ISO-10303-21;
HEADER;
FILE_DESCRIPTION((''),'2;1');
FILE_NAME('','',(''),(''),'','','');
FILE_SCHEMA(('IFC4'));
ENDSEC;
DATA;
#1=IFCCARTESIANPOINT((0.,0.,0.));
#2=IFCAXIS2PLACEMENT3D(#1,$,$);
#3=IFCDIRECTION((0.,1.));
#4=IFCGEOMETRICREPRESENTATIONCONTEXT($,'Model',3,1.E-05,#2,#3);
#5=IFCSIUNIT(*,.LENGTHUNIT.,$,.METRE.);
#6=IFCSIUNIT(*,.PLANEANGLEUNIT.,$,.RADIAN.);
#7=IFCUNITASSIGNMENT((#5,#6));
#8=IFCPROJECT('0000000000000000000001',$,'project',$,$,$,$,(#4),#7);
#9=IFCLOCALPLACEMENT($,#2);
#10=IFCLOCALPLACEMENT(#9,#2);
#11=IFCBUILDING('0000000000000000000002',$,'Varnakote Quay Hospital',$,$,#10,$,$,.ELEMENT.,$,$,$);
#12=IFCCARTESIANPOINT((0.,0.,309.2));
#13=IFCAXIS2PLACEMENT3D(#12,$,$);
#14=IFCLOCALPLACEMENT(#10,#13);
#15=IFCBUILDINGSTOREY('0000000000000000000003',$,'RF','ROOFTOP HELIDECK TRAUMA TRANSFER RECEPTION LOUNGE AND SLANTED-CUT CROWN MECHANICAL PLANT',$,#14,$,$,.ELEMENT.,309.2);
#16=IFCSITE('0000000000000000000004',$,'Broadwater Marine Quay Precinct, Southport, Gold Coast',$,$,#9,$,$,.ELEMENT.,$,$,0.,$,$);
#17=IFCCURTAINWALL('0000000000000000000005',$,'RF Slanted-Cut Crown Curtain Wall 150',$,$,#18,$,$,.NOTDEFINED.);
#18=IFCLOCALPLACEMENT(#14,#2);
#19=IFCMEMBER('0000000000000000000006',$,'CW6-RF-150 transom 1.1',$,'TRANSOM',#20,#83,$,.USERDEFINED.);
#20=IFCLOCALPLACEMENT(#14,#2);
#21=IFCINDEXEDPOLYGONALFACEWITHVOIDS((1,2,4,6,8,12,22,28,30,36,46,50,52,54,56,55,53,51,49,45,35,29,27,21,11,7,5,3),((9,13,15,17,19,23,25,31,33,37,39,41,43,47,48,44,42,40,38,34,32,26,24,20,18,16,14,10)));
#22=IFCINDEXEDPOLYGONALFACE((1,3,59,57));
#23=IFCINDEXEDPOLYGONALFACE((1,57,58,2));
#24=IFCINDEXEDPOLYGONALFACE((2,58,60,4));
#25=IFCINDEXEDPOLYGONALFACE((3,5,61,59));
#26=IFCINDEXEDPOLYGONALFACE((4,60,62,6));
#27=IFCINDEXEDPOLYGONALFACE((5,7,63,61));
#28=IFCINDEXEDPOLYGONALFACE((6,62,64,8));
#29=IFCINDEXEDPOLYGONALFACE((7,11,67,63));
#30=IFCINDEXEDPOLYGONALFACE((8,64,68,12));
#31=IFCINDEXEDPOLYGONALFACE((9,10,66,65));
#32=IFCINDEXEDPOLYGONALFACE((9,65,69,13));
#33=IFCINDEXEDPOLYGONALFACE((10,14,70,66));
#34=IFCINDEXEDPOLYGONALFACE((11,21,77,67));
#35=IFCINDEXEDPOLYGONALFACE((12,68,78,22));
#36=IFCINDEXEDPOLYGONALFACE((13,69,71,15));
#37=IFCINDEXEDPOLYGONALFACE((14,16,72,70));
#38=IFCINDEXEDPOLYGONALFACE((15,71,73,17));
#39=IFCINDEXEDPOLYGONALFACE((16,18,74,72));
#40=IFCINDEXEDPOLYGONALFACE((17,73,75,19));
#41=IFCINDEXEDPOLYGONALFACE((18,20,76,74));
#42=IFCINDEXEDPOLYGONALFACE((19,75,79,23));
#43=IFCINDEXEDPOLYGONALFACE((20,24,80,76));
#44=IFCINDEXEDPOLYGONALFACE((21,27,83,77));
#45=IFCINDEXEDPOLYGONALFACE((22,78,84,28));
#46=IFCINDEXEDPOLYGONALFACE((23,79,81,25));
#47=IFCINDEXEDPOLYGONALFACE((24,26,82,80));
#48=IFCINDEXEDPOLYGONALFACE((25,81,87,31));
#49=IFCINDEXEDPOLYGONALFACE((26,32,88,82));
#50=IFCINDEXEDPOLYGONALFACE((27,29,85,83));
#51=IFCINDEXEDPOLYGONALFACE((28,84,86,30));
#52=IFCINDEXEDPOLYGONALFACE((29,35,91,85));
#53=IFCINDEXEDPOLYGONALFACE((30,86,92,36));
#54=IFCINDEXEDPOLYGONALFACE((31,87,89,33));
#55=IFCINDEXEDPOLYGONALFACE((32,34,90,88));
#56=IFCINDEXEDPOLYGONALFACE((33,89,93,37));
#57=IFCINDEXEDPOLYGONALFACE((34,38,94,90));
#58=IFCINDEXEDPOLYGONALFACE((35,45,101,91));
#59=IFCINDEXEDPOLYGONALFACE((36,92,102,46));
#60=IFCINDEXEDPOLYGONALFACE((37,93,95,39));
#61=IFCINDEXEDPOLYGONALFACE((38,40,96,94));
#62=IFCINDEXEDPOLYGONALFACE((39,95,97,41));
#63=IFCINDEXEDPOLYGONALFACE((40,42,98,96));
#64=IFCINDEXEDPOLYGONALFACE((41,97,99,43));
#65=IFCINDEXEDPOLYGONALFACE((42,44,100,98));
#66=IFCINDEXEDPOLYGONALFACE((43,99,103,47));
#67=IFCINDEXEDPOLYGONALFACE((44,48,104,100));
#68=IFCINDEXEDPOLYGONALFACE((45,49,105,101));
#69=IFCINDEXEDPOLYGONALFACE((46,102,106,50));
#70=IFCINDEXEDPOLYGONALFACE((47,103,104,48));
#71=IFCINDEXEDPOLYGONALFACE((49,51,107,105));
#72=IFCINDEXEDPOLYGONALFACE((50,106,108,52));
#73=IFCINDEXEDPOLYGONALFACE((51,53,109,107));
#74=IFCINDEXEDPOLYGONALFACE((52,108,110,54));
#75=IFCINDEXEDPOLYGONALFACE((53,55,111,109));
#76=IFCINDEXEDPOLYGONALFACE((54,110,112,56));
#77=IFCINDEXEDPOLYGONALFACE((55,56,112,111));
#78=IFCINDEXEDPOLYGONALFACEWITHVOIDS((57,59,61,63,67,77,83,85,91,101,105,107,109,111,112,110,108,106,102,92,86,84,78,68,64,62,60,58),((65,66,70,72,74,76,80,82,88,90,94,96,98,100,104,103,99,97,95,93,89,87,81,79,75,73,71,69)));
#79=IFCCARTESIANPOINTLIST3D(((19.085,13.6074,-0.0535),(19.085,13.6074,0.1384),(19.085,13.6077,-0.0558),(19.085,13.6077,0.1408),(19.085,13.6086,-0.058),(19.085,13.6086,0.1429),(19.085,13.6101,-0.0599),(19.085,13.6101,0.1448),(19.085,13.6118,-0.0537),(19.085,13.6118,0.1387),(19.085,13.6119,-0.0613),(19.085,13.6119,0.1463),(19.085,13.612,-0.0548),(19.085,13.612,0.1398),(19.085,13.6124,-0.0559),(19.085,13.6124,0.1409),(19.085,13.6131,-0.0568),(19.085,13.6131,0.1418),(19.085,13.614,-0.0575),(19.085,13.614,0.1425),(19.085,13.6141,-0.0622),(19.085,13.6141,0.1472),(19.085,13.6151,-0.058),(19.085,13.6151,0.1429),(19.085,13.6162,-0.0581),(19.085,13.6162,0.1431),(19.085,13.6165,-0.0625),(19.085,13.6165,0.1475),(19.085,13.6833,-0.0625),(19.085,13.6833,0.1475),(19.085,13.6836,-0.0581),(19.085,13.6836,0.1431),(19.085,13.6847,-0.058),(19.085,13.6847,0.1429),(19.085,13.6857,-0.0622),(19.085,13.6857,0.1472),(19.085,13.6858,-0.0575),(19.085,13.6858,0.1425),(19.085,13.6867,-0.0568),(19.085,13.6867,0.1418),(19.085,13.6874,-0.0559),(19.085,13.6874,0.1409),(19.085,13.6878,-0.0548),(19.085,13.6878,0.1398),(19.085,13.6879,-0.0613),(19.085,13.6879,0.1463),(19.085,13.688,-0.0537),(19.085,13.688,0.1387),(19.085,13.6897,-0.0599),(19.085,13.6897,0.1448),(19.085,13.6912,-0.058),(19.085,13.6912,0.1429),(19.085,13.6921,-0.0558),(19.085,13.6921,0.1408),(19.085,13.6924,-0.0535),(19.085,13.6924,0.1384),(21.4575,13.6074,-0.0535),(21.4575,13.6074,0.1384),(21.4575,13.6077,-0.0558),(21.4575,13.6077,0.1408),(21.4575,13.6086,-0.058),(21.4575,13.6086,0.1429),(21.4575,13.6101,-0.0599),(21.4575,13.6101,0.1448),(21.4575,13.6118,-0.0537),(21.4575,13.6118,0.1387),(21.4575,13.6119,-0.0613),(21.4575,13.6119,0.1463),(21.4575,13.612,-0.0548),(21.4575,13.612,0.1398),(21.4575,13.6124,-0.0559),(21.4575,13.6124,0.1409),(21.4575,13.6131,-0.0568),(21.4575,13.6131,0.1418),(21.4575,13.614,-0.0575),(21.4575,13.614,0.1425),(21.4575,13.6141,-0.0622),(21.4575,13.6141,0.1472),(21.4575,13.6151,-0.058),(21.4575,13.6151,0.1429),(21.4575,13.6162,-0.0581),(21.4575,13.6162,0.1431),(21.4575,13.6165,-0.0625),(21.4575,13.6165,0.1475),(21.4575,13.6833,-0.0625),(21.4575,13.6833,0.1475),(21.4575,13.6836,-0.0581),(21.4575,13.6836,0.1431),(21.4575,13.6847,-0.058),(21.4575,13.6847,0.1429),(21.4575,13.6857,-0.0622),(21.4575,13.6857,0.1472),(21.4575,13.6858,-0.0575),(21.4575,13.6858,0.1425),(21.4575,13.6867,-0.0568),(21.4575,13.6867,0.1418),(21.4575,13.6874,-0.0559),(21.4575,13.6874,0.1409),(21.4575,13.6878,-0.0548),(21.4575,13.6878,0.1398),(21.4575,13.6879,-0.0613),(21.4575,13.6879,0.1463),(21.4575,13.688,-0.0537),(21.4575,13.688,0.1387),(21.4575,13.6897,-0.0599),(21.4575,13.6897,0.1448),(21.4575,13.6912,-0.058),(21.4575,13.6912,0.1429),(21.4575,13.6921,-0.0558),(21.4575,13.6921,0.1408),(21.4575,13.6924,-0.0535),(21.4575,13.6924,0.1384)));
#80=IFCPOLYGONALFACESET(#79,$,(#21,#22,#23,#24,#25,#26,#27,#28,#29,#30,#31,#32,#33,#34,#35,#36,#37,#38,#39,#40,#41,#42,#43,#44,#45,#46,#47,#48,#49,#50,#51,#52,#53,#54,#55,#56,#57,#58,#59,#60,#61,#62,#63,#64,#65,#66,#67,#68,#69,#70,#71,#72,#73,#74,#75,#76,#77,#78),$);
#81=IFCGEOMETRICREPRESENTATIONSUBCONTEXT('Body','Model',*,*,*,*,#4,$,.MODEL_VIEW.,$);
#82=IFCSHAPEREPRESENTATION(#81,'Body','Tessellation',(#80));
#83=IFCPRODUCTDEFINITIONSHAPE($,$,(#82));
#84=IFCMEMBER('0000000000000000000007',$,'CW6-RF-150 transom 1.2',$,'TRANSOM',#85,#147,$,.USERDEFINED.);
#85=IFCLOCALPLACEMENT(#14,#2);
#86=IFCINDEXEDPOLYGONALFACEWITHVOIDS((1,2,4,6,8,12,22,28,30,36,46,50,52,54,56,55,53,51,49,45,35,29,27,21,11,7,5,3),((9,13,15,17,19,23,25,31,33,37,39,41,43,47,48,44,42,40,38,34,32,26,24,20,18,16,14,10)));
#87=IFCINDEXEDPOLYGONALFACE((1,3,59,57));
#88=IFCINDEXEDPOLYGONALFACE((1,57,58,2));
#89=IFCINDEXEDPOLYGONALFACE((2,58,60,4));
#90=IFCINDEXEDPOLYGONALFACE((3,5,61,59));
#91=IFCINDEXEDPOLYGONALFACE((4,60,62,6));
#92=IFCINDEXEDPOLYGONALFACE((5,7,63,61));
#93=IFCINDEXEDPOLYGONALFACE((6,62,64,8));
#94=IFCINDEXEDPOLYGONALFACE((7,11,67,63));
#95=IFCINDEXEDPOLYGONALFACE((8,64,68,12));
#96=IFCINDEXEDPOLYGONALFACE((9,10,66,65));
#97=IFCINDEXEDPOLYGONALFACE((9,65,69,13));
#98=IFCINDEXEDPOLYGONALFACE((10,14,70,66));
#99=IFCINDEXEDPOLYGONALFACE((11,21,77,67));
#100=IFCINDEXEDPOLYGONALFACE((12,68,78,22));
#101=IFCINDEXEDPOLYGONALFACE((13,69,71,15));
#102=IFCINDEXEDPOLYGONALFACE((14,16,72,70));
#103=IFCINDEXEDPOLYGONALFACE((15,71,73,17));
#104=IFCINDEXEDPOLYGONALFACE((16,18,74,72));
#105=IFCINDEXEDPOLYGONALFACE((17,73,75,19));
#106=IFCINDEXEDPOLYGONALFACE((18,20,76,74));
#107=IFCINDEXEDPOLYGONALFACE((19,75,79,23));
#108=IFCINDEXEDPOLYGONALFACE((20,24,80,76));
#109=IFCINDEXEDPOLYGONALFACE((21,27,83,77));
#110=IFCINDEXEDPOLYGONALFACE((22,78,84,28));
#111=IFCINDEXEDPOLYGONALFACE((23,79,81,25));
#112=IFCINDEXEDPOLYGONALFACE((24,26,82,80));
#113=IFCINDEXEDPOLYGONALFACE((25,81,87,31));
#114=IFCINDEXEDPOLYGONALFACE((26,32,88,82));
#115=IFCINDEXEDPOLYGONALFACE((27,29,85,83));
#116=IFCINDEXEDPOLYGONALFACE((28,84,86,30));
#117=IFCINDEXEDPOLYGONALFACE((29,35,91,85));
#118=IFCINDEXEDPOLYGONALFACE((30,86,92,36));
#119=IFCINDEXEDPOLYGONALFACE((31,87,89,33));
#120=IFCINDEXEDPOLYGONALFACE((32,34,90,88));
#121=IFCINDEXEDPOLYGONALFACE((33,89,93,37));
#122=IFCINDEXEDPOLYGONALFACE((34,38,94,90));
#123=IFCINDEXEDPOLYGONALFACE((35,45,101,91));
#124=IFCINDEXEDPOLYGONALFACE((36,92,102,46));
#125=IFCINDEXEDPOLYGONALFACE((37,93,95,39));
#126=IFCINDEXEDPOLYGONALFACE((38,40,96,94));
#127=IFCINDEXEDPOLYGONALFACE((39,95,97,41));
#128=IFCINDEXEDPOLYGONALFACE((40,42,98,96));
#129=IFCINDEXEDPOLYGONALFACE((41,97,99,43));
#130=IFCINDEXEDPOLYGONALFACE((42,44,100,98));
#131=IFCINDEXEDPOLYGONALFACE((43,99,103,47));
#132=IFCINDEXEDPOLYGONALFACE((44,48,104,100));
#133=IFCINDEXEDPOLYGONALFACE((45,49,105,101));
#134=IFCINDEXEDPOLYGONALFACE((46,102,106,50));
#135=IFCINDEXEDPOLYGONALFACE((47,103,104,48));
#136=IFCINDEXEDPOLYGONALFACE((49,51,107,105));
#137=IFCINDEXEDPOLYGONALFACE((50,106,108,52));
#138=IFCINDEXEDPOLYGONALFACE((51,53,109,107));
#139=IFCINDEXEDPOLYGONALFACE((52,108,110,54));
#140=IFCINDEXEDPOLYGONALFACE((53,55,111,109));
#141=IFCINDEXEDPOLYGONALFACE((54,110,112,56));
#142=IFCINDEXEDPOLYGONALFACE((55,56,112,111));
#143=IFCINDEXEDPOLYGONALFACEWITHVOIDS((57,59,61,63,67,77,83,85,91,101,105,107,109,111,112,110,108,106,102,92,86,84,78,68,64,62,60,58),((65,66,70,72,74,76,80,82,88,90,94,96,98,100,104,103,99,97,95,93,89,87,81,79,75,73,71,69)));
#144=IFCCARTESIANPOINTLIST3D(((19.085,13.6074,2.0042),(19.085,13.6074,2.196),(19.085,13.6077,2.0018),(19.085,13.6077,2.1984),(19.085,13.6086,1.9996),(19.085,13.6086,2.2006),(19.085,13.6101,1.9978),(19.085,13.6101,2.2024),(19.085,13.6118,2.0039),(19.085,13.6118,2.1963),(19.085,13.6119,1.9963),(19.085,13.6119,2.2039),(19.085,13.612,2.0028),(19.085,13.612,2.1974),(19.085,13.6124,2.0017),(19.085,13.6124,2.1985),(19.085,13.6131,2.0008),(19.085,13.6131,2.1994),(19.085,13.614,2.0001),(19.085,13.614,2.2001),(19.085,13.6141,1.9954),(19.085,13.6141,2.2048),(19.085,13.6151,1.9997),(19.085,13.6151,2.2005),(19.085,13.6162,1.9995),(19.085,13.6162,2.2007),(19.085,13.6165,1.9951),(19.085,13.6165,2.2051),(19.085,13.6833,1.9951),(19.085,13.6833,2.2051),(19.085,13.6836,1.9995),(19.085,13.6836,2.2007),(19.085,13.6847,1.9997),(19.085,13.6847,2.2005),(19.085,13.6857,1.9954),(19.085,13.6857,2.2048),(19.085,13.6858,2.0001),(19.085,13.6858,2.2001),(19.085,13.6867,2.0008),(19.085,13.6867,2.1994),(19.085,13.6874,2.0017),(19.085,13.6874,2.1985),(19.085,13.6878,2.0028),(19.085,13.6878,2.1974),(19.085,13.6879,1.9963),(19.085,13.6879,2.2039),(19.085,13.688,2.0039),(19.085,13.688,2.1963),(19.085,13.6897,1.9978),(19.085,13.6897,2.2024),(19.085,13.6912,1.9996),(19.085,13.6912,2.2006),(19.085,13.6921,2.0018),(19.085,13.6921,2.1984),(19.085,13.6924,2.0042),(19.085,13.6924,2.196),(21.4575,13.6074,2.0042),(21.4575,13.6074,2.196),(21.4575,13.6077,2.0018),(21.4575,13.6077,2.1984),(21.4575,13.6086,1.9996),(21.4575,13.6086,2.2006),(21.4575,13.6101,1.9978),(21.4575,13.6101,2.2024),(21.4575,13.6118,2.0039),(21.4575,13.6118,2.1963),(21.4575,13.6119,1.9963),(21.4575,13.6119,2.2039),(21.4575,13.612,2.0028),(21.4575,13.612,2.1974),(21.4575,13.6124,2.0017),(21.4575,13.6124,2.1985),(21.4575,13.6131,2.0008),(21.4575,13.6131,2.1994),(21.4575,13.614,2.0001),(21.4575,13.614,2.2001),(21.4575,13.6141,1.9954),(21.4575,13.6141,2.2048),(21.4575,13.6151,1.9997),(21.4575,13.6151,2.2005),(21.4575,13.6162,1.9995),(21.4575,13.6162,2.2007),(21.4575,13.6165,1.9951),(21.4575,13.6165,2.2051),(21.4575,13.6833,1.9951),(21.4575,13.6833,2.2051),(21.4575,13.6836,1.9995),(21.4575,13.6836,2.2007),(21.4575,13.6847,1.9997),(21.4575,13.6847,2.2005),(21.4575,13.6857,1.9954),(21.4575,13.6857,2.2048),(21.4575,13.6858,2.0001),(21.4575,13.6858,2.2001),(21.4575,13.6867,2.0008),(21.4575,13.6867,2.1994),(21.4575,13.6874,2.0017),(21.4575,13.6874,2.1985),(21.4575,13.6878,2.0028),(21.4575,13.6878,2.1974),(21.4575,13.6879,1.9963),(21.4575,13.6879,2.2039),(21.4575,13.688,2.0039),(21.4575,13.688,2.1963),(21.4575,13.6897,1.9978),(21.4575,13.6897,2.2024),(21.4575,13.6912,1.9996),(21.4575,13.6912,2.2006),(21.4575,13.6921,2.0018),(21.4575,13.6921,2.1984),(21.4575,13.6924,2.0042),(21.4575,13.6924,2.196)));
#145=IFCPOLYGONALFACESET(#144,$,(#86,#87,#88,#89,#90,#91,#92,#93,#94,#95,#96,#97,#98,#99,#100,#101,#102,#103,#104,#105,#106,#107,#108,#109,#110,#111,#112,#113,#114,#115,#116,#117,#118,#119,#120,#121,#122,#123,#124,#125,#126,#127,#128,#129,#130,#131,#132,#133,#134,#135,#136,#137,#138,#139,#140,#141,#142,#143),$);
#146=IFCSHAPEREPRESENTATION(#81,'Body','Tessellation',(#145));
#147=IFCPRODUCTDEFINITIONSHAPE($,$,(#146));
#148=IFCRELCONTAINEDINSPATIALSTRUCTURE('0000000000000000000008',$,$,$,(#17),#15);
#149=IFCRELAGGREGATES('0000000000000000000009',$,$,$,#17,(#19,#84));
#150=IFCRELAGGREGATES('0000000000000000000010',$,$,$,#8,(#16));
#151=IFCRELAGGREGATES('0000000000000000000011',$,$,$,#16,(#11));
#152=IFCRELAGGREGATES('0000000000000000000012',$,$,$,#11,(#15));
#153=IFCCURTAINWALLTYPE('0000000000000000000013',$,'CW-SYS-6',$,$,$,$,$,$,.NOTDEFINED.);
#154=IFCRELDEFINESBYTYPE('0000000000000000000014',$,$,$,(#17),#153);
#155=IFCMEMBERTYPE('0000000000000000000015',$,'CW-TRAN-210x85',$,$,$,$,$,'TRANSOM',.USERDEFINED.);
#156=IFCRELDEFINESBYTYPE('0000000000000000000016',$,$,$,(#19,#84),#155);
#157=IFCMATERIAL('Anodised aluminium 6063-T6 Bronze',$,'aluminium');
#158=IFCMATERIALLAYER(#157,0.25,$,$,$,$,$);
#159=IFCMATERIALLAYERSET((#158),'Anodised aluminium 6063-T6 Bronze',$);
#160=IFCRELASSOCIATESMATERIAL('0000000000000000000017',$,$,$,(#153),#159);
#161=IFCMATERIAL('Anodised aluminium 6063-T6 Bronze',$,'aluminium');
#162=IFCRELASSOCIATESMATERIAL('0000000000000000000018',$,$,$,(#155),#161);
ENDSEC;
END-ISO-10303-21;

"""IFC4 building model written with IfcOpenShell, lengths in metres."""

from ifc_helpers import new_model, si_unit, direction, frame, origin, origin_2d, place, context, subcontext, project, spatial, hollow_rectangle, extrude, material, layer, layer_set, material_profile, profile_set, type_object, element, aggregate, save


model = new_model("IFC4")

# Units and contexts
model_context = context("Model", 3, precision=1e-05, world=origin(), true_north=direction((0.0, 1.0)))
body_context = subcontext(model_context, "Body", "Model", "MODEL_VIEW")
ifc_project = project(units=[si_unit("LENGTHUNIT", "METRE"), si_unit("PLANEANGLEUNIT", "RADIAN")], contexts=[model_context])

# Site, building, storey
site_placement = place(None, origin())
site = spatial("IfcSite", under=ifc_project, at=site_placement, Name="Broadwater Marine Quay Precinct, Southport, Gold Coast", CompositionType="ELEMENT", RefElevation=0.0)
building_placement = place(site_placement, origin())
building = spatial("IfcBuilding", under=site, at=building_placement, Name="Varnakote Quay Hospital", CompositionType="ELEMENT")
storey_placement = place(building_placement, frame((0.0, 0.0, 309.2)))
storey = spatial("IfcBuildingStorey", under=building, at=storey_placement, Name="RF", Description="ROOFTOP HELIDECK TRAUMA TRANSFER RECEPTION LOUNGE AND SLANTED-CUT CROWN MECHANICAL PLANT", CompositionType="ELEMENT", Elevation=309.2)

# Curtain wall
ifc_material_1 = material(Name="Anodised aluminium 6063-T6 Bronze", Category="aluminium")
ifc_layer_1 = layer(ifc_material_1, 0.25)
ifc_layer_set_1 = layer_set([ifc_layer_1], Name="Anodised aluminium 6063-T6 Bronze")
curtain_wall_type = type_object("IfcCurtainWallType", Name="CW-SYS-6", PredefinedType="NOTDEFINED", material=ifc_layer_set_1)
curtain_wall_1_placement = place(storey_placement, origin())
curtain_wall_1 = element("IfcCurtainWall", 1, at=curtain_wall_1_placement, inside=storey, type_object=curtain_wall_type, Name="RF Slanted-Cut Crown Curtain Wall 150", PredefinedType="NOTDEFINED")

# Members
ifc_material_2 = material(Name="Anodised aluminium 6063-T6 Bronze", Category="aluminium")
ifc_material_profile_1 = material_profile(ifc_material_2, hollow_rectangle(XDim=0.085, YDim=0.21, WallThickness=0.0044, InnerFilletRadius=0.0044, OuterFilletRadius=0.009, at=origin_2d()), Name="CW-TRAN-210x85")
ifc_profile_set_1 = profile_set([ifc_material_profile_1], Name="Anodised aluminium 6063-T6 Bronze")
member_type_1 = type_object("IfcMemberType", Name="CW-TRAN-210x85", ElementType="TRANSOM", PredefinedType="USERDEFINED", material=ifc_profile_set_1)
member_1_placement = place(storey_placement, frame((19.085, 13.6499, 0.0425), z_axis=(1.0, 0.0, 0.0), x_axis=(0.0, 1.0, 0.0)))
member_1 = element("IfcMember", 2, at=member_1_placement, type_object=member_type_1, Name="CW6-RF-150 transom 1.1", ObjectType="TRANSOM", PredefinedType="USERDEFINED", context=body_context, shape_type="SweptSolid", body=[
    extrude(hollow_rectangle(XDim=0.085, YDim=0.21, WallThickness=0.0044, InnerFilletRadius=0.0044, OuterFilletRadius=0.009, at=origin_2d()), origin(), (0.0, 0.0, 1.0), 2.3726),
])
member_2_placement = place(storey_placement, frame((19.085, 13.6499, 2.1001), z_axis=(1.0, 0.0, 0.0), x_axis=(0.0, 1.0, 0.0)))
member_2 = element("IfcMember", 3, at=member_2_placement, type_object=member_type_1, Name="CW6-RF-150 transom 1.2", ObjectType="TRANSOM", PredefinedType="USERDEFINED", context=body_context, shape_type="SweptSolid", body=[
    extrude(hollow_rectangle(XDim=0.085, YDim=0.21, WallThickness=0.0044, InnerFilletRadius=0.0044, OuterFilletRadius=0.009, at=origin_2d()), origin(), (0.0, 0.0, 1.0), 2.3726),
])
aggregate(curtain_wall_1, [member_1, member_2])

save(model, "model.ifc")
